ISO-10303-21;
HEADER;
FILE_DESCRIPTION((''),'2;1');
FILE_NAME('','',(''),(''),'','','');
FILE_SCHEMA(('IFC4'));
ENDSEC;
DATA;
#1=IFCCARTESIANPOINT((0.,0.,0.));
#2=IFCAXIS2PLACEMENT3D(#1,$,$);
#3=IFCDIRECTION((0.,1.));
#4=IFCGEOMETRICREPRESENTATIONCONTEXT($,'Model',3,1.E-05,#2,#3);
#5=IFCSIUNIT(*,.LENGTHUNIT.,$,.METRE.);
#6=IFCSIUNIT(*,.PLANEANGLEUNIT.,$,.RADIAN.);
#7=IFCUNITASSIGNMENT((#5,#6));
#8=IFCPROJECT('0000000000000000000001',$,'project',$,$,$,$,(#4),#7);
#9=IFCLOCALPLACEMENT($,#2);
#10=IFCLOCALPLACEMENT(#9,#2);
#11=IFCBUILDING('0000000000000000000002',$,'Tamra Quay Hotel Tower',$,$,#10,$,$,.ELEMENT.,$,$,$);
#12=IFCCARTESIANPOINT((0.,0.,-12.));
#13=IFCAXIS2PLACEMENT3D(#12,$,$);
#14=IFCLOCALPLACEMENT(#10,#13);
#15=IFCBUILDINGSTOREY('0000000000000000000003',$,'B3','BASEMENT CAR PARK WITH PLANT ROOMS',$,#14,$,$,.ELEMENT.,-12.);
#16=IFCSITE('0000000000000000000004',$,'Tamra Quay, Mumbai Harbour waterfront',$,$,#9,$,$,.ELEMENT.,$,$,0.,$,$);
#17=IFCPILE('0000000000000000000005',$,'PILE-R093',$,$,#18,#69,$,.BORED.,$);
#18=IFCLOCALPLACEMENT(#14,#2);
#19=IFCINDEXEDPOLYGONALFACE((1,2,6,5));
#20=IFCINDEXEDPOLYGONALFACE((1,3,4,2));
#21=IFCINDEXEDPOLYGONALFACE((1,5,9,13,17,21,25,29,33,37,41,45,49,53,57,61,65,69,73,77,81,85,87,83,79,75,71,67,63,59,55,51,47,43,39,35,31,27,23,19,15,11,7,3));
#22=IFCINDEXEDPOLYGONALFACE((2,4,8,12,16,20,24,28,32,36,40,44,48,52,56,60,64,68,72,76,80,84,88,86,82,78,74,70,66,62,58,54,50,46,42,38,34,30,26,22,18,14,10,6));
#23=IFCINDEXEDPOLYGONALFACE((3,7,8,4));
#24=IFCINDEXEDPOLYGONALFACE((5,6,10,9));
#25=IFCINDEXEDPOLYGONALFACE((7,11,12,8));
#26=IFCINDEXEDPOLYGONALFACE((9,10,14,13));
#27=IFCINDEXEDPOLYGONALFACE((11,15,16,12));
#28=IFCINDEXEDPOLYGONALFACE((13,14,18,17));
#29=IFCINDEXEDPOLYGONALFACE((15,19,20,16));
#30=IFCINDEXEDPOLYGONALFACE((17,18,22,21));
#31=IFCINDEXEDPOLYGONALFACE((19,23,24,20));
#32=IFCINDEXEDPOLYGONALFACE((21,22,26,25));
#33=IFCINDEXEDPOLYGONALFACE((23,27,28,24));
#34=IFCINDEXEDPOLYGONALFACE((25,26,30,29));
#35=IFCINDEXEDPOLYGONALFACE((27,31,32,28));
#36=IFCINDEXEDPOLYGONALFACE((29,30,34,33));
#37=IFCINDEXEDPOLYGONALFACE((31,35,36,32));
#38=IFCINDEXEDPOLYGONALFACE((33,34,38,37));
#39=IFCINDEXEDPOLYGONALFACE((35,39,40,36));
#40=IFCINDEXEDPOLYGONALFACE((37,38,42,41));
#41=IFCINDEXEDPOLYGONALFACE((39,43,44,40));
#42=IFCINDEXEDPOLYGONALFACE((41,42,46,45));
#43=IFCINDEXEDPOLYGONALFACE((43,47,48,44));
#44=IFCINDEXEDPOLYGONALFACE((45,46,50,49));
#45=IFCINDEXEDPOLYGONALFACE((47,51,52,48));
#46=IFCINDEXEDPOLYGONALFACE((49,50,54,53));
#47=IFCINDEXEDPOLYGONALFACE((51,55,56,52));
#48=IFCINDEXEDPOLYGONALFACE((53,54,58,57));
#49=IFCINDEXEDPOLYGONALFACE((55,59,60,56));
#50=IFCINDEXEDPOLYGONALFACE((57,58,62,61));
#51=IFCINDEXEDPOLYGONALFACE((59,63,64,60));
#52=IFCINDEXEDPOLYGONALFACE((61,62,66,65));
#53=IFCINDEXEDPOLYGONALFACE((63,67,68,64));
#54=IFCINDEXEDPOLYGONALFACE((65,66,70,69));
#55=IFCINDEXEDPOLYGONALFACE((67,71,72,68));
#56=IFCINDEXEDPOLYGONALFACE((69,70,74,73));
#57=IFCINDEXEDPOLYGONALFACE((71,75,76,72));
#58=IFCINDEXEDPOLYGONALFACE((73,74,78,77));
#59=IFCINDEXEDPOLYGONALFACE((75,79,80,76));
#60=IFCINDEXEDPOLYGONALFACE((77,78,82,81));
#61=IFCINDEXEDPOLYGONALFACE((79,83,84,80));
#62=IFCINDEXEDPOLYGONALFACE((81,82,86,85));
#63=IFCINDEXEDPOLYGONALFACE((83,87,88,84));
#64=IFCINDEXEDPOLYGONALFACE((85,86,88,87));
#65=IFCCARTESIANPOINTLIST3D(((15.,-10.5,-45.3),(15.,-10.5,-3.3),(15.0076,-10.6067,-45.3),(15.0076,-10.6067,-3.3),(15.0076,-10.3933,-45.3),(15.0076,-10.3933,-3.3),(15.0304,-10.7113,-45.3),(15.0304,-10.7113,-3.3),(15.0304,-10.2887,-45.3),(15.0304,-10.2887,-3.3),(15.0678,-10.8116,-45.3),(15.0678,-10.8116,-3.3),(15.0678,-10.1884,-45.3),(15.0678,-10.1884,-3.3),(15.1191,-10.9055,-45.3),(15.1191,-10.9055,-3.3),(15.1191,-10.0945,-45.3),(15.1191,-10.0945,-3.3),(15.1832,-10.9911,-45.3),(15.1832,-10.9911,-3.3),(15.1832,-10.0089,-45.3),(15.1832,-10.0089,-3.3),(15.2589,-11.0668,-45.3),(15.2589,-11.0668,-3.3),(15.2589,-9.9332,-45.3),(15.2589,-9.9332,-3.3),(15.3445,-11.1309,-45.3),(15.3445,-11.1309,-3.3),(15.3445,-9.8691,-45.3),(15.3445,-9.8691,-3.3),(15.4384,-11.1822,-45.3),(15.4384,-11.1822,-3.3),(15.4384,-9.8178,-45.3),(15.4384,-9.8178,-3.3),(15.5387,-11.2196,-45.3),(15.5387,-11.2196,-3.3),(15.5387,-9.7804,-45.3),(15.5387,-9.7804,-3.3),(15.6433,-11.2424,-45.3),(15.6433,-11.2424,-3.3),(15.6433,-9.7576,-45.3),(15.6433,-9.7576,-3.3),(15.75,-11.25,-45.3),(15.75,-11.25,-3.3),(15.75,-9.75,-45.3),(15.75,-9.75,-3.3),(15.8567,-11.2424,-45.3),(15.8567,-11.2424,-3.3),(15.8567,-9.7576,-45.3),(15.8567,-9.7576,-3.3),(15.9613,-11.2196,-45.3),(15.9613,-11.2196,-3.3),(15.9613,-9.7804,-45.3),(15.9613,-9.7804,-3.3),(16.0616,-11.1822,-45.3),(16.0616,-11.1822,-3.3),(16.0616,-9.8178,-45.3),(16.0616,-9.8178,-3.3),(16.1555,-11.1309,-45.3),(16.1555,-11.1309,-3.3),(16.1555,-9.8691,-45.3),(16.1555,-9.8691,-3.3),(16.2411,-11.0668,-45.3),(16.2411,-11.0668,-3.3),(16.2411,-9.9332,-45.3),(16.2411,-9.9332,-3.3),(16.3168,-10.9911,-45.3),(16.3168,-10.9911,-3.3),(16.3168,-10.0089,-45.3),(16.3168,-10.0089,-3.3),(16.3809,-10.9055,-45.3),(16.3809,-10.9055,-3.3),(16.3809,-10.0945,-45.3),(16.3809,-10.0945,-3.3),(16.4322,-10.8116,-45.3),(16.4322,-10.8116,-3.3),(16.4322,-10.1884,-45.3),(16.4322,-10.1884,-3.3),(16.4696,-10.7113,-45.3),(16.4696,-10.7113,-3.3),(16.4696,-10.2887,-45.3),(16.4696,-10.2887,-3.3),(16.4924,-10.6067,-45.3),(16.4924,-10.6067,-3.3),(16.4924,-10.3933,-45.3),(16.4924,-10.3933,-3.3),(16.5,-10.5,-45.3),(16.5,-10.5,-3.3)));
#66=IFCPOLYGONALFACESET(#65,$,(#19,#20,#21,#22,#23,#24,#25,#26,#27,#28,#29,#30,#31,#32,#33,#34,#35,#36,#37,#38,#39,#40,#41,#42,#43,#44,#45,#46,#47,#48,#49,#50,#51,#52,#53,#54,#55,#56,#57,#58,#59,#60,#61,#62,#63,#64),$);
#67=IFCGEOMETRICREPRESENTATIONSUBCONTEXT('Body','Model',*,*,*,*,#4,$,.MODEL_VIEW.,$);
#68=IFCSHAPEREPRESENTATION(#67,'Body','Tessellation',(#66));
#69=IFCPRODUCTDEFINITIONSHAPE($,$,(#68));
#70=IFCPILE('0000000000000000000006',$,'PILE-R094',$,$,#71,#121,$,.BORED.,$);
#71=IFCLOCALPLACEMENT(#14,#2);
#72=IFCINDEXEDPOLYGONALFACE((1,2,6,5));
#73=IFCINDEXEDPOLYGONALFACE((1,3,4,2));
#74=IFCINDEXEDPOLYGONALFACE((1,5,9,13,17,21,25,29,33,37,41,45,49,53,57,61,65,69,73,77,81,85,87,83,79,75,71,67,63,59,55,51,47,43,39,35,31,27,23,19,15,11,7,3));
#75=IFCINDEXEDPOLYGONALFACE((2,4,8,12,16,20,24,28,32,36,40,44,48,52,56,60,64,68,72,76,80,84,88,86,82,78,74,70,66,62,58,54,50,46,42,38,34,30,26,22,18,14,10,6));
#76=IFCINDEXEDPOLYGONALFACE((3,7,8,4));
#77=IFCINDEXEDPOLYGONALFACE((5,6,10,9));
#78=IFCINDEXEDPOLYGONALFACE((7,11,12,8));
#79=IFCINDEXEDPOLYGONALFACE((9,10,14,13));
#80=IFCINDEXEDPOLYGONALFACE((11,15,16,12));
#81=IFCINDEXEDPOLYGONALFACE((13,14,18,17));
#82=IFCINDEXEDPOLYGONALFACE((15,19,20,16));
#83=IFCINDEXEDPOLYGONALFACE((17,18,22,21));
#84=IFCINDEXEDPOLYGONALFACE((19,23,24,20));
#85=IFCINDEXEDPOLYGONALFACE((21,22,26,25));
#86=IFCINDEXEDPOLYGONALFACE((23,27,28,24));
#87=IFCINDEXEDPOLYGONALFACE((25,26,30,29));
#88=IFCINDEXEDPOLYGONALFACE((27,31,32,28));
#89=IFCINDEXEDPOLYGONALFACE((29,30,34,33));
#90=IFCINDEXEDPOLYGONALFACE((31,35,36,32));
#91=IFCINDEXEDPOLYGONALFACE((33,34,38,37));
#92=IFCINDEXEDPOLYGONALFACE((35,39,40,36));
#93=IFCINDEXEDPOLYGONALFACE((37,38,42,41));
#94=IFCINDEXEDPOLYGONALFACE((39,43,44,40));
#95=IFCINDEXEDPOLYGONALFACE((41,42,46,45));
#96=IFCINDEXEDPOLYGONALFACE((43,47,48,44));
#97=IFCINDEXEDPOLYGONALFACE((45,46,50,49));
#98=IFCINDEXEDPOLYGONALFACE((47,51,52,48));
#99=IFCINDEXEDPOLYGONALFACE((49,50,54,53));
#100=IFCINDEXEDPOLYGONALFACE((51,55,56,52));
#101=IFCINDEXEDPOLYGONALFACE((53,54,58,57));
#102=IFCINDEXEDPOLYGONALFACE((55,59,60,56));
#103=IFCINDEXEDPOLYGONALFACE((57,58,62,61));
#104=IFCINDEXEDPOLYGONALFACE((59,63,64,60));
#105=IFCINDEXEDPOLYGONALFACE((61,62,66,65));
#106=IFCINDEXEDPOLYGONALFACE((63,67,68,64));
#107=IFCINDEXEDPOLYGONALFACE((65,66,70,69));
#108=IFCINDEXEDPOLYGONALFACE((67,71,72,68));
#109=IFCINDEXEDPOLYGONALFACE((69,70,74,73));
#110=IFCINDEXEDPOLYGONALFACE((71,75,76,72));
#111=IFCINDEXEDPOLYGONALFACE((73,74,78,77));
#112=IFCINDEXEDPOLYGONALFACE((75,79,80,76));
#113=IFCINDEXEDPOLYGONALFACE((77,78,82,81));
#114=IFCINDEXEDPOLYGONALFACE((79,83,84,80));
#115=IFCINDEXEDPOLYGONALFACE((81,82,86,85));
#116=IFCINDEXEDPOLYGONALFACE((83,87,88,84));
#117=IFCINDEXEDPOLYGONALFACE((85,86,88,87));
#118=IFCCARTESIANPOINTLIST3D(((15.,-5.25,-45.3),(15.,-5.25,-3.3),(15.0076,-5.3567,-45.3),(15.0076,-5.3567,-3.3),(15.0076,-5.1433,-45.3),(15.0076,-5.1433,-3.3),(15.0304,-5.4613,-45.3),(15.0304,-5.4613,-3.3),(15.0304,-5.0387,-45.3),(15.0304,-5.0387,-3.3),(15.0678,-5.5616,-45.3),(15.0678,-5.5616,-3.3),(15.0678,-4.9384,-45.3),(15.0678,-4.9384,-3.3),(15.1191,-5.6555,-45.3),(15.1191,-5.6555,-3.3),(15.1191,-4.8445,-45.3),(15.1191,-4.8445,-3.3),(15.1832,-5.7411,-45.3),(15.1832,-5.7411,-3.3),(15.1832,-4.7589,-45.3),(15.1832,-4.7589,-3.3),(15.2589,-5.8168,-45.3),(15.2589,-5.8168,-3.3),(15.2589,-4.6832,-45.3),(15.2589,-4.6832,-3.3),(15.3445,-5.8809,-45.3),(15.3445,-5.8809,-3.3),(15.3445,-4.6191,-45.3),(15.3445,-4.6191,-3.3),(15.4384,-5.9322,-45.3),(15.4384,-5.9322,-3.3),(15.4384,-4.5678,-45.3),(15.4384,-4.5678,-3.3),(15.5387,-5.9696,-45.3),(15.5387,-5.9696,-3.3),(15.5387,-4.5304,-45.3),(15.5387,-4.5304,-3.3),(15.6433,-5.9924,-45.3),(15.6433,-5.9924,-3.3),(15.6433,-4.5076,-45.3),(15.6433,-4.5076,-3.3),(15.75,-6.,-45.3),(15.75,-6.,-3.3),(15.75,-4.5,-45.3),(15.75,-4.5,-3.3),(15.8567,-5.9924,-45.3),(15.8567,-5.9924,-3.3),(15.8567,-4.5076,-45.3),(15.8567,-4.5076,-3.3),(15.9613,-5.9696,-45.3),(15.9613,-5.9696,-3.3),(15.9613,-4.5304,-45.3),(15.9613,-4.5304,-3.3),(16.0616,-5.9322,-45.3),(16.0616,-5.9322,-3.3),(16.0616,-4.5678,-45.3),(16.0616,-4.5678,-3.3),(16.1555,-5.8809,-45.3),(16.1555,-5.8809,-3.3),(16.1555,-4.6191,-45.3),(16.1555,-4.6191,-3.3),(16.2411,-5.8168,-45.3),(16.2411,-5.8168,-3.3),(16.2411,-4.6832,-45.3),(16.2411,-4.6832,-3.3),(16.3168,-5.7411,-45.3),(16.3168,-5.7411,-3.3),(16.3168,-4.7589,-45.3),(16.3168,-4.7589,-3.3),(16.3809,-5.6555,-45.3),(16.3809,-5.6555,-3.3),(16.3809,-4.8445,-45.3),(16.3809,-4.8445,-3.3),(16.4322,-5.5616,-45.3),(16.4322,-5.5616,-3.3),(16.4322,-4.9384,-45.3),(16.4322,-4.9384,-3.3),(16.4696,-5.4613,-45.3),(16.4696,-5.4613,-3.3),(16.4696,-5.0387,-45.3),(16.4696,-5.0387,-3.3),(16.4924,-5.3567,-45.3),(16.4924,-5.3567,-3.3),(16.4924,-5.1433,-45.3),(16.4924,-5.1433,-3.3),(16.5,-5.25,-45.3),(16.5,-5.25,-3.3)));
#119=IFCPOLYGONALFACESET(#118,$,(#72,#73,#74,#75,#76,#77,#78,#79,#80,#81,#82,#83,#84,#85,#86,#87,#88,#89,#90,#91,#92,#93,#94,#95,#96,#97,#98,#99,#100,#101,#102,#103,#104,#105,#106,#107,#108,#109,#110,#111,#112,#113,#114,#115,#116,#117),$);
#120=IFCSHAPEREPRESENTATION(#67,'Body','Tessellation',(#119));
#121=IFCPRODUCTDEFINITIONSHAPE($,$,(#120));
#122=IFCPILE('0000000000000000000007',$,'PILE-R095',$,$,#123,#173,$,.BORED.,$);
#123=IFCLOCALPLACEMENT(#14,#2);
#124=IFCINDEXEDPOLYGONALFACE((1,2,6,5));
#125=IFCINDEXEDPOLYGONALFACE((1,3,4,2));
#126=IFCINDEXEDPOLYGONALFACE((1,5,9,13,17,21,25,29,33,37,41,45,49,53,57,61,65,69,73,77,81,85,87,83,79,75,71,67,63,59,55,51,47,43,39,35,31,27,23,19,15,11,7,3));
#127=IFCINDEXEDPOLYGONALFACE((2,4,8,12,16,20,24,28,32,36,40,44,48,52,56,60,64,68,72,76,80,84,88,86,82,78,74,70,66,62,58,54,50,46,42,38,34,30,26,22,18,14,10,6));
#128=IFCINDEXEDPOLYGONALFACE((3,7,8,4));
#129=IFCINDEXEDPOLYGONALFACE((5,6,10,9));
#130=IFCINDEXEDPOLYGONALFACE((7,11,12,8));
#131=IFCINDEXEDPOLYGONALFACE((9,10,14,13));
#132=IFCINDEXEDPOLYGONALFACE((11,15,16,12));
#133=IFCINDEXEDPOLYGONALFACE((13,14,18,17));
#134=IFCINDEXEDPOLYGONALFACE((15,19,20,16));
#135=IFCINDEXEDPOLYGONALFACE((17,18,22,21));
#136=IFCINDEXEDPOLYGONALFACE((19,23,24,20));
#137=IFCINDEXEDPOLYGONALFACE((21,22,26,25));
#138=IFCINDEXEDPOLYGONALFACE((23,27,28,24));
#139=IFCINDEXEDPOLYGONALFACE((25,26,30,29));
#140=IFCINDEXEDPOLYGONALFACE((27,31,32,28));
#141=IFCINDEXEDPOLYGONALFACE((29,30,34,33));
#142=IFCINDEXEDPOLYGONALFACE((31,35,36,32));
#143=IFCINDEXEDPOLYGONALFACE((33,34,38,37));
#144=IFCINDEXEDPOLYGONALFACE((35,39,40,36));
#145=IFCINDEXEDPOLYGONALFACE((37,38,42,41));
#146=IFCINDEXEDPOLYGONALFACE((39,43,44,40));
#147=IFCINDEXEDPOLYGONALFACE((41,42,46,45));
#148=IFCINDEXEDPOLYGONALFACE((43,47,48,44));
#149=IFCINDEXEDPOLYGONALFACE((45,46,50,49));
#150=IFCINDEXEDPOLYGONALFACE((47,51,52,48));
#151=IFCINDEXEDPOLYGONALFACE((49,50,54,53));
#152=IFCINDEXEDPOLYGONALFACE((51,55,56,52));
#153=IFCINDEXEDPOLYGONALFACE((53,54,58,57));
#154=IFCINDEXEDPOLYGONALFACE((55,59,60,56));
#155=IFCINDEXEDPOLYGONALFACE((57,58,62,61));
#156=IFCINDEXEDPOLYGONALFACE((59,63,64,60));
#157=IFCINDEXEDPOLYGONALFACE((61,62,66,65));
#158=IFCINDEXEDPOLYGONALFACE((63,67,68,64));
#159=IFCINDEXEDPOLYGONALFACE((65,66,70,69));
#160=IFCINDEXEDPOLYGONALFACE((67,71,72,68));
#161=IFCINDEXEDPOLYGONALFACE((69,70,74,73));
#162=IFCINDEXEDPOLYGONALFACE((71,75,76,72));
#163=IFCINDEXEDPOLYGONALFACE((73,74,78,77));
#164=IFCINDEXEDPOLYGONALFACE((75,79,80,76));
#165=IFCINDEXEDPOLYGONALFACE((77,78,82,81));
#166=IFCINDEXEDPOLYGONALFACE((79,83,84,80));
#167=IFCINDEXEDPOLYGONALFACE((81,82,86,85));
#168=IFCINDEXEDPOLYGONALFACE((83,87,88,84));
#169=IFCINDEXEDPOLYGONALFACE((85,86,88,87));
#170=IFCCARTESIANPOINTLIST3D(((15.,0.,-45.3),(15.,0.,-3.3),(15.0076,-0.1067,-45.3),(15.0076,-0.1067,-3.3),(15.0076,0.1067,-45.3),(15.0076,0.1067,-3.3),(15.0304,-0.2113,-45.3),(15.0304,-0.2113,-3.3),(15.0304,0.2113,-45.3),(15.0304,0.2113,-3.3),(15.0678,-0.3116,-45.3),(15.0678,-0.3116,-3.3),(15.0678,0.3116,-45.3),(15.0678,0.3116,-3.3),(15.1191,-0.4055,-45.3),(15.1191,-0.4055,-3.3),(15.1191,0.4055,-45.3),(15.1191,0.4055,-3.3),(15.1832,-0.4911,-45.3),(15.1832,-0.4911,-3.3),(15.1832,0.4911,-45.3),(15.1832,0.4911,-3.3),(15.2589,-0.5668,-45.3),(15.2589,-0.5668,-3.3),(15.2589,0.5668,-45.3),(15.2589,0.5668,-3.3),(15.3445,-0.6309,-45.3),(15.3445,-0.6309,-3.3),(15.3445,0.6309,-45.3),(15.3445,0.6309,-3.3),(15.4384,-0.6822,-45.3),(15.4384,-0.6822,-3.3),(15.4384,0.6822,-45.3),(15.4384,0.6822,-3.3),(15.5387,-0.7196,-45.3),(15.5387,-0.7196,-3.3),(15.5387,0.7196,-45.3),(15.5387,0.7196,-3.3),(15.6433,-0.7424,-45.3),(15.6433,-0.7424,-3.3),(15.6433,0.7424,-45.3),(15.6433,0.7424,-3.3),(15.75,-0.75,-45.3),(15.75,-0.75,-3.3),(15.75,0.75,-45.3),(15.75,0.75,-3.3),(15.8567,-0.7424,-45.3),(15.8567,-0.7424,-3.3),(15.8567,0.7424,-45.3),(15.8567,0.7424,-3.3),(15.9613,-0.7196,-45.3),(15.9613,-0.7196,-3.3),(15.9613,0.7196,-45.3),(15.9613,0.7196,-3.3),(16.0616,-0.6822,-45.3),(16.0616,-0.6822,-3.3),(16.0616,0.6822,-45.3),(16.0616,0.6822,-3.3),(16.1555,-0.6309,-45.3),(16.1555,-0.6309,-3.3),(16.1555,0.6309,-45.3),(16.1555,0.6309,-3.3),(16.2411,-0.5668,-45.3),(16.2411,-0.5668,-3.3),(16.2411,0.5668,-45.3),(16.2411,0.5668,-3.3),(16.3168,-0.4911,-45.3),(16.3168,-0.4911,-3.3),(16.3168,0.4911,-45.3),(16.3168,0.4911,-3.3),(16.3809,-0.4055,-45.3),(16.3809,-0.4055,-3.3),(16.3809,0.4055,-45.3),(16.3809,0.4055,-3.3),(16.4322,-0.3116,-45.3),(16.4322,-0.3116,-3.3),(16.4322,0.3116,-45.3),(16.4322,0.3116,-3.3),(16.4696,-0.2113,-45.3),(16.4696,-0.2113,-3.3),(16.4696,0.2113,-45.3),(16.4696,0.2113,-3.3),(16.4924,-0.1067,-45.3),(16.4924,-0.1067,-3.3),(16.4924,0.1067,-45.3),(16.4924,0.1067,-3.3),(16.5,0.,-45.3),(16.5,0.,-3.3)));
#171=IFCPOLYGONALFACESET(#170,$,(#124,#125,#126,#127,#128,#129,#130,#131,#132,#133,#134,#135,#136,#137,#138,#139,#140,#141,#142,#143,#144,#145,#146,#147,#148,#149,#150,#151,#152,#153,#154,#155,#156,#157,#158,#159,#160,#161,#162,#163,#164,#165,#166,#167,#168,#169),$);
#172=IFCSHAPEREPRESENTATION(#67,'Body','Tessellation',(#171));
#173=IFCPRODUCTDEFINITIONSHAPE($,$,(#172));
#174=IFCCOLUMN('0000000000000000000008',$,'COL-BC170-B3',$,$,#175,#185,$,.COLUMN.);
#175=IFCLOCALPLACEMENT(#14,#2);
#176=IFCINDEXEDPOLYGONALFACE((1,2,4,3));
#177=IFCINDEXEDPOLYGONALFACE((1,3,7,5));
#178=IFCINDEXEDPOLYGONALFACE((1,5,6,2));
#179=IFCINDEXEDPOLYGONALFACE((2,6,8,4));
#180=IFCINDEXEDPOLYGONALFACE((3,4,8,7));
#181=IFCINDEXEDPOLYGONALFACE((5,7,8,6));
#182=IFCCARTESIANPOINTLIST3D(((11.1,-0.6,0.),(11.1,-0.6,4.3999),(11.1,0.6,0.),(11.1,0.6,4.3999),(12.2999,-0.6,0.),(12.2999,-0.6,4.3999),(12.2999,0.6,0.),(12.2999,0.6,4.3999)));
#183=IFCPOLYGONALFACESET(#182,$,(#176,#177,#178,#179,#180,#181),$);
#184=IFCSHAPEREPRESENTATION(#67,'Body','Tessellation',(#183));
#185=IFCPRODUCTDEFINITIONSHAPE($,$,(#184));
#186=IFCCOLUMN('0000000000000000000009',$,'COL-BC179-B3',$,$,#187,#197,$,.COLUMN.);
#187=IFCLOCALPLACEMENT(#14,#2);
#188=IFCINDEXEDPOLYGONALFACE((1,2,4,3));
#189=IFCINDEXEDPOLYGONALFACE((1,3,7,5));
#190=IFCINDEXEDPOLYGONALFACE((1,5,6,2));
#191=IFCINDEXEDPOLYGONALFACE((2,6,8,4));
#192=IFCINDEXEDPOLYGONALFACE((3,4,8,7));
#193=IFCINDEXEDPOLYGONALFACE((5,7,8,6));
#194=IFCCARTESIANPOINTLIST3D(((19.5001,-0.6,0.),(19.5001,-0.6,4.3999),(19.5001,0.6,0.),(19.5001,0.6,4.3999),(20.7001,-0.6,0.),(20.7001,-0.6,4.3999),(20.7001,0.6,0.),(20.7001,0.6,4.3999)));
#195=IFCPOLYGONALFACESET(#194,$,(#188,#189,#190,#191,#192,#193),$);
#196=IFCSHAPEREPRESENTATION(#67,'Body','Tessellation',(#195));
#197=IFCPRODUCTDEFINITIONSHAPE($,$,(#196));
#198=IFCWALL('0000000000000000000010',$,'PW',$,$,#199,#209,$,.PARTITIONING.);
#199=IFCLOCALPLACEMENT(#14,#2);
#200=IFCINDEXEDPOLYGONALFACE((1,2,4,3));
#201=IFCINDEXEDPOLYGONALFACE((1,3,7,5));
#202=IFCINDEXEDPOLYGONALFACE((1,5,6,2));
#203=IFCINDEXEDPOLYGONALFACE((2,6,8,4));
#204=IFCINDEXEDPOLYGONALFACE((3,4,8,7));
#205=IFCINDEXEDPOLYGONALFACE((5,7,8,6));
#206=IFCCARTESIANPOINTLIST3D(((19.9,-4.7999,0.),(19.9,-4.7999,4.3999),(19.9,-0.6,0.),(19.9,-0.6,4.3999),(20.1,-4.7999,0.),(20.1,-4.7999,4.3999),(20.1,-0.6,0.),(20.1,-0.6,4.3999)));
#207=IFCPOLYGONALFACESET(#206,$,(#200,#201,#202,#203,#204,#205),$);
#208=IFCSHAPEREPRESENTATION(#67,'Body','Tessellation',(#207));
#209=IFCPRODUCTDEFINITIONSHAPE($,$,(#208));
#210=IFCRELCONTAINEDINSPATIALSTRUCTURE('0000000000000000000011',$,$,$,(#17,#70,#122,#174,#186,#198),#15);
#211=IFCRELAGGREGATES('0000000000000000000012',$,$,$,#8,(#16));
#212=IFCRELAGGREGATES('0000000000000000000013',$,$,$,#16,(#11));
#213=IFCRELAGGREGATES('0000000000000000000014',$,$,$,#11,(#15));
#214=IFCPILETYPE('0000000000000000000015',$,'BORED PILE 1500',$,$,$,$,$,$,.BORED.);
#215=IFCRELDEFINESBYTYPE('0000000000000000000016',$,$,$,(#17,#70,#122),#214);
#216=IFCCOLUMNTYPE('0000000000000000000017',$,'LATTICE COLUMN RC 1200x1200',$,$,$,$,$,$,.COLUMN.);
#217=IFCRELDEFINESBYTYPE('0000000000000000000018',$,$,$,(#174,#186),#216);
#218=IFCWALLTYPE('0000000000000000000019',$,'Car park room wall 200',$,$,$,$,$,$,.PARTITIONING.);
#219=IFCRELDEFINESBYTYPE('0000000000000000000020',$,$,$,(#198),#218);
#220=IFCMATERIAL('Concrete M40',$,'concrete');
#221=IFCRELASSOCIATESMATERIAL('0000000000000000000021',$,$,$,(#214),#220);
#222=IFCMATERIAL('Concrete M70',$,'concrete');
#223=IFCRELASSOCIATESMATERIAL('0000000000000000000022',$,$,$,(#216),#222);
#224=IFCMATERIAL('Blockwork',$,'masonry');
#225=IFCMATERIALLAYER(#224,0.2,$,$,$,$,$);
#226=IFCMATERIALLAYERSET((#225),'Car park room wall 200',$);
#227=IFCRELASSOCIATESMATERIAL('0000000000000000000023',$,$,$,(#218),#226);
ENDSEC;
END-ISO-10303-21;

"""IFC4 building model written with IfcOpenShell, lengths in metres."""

from ifc_helpers import new_model, si_unit, direction, frame, frame_2d, origin, origin_2d, place, context, subcontext, project, spatial, rectangle, circle, extrude, material, layer, layer_set, material_profile, profile_set, type_object, element, save


model = new_model("IFC4")

# Units and contexts
model_context = context("Model", 3, precision=1e-05, world=origin(), true_north=direction((0.0, 1.0)))
body_context = subcontext(model_context, "Body", "Model", "MODEL_VIEW")
ifc_project = project(units=[si_unit("LENGTHUNIT", "METRE"), si_unit("PLANEANGLEUNIT", "RADIAN")], contexts=[model_context])

# Site, building, storey
site_placement = place(None, origin())
site = spatial("IfcSite", under=ifc_project, at=site_placement, Name="Tamra Quay, Mumbai Harbour waterfront", CompositionType="ELEMENT", RefElevation=0.0)
building_placement = place(site_placement, origin())
building = spatial("IfcBuilding", under=site, at=building_placement, Name="Tamra Quay Hotel Tower", CompositionType="ELEMENT")
storey_placement = place(building_placement, frame((0.0, 0.0, -12.0)))
storey = spatial("IfcBuildingStorey", under=building, at=storey_placement, Name="B3", Description="BASEMENT CAR PARK WITH PLANT ROOMS", CompositionType="ELEMENT", Elevation=-12.0)

# Piles
ifc_material_1 = material(Name="Concrete M40", Category="concrete")
ifc_material_profile_1 = material_profile(ifc_material_1, circle(Radius=0.75, at=origin_2d()), Name="BORED PILE 1500")
ifc_profile_set_1 = profile_set([ifc_material_profile_1], Name="Concrete M40")
pile_type = type_object("IfcPileType", Name="BORED PILE 1500", PredefinedType="BORED", material=ifc_profile_set_1)
for number, where, z_axis, x_axis, name in (
    (1, (15.75, -10.5, -3.3), (0.0, 0.0, -1.0), (1.0, 0.0, 0.0), "PILE-R093"),
    (2, (15.75, -5.25, -3.3), (0.0, 0.0, -1.0), (1.0, 0.0, 0.0), "PILE-R094"),
    (3, (15.75, 0.0, -3.3), (0.0, 0.0, -1.0), (1.0, 0.0, 0.0), "PILE-R095"),
):
    element("IfcPile", number, at=place(storey_placement, frame(where, z_axis=z_axis, x_axis=x_axis)), inside=storey, type_object=pile_type, Name=name, PredefinedType="BORED", context=body_context, shape_type="SweptSolid", body=[
        extrude(circle(Radius=0.75, at=origin_2d()), origin(), (0.0, 0.0, 1.0), 42.0),
    ])

# Columns
ifc_material_2 = material(Name="Concrete M70", Category="concrete")
ifc_material_profile_2 = material_profile(ifc_material_2, rectangle(XDim=1.2, YDim=1.2, at=origin_2d()), Name="LATTICE COLUMN RC 1200x1200")
ifc_profile_set_2 = profile_set([ifc_material_profile_2], Name="Concrete M70")
column_type = type_object("IfcColumnType", Name="LATTICE COLUMN RC 1200x1200", PredefinedType="COLUMN", material=ifc_profile_set_2)
for number, where, z_axis, x_axis, name in (
    (4, (11.7, 0.0, 0.0), (0.0, 0.0, 1.0), (1.0, 0.0, 0.0), "COL-BC170-B3"),
    (5, (20.1001, 0.0, 0.0), (0.0, 0.0, 1.0), (1.0, 0.0, 0.0), "COL-BC179-B3"),
):
    element("IfcColumn", number, at=place(storey_placement, frame(where, z_axis=z_axis, x_axis=x_axis)), inside=storey, type_object=column_type, Name=name, PredefinedType="COLUMN", context=body_context, shape_type="SweptSolid", body=[
        extrude(rectangle(XDim=1.2, YDim=1.2, at=origin_2d()), origin(), (0.0, 0.0, 1.0), 4.3999),
    ])

# Wall
ifc_material_3 = material(Name="Blockwork", Category="masonry")
ifc_layer_1 = layer(ifc_material_3, 0.2)
ifc_layer_set_1 = layer_set([ifc_layer_1], Name="Car park room wall 200")
wall_type_1 = type_object("IfcWallType", Name="Car park room wall 200", PredefinedType="PARTITIONING", material=ifc_layer_set_1)
wall_1_placement = place(storey_placement, frame((20.0, -4.8, 0.0), z_axis=(0.0, 0.0, 1.0), x_axis=(0.0, 1.0, 0.0)))
element("IfcWall", 6, at=wall_1_placement, inside=storey, type_object=wall_type_1, Name="PW", PredefinedType="PARTITIONING", context=body_context, shape_type="SweptSolid", body=[
    extrude(rectangle(XDim=4.2, YDim=0.2, at=frame_2d((2.1001, 0.0))), origin(), (0.0, 0.0, 1.0), 4.3999),
])

save(model, "model.ifc")
